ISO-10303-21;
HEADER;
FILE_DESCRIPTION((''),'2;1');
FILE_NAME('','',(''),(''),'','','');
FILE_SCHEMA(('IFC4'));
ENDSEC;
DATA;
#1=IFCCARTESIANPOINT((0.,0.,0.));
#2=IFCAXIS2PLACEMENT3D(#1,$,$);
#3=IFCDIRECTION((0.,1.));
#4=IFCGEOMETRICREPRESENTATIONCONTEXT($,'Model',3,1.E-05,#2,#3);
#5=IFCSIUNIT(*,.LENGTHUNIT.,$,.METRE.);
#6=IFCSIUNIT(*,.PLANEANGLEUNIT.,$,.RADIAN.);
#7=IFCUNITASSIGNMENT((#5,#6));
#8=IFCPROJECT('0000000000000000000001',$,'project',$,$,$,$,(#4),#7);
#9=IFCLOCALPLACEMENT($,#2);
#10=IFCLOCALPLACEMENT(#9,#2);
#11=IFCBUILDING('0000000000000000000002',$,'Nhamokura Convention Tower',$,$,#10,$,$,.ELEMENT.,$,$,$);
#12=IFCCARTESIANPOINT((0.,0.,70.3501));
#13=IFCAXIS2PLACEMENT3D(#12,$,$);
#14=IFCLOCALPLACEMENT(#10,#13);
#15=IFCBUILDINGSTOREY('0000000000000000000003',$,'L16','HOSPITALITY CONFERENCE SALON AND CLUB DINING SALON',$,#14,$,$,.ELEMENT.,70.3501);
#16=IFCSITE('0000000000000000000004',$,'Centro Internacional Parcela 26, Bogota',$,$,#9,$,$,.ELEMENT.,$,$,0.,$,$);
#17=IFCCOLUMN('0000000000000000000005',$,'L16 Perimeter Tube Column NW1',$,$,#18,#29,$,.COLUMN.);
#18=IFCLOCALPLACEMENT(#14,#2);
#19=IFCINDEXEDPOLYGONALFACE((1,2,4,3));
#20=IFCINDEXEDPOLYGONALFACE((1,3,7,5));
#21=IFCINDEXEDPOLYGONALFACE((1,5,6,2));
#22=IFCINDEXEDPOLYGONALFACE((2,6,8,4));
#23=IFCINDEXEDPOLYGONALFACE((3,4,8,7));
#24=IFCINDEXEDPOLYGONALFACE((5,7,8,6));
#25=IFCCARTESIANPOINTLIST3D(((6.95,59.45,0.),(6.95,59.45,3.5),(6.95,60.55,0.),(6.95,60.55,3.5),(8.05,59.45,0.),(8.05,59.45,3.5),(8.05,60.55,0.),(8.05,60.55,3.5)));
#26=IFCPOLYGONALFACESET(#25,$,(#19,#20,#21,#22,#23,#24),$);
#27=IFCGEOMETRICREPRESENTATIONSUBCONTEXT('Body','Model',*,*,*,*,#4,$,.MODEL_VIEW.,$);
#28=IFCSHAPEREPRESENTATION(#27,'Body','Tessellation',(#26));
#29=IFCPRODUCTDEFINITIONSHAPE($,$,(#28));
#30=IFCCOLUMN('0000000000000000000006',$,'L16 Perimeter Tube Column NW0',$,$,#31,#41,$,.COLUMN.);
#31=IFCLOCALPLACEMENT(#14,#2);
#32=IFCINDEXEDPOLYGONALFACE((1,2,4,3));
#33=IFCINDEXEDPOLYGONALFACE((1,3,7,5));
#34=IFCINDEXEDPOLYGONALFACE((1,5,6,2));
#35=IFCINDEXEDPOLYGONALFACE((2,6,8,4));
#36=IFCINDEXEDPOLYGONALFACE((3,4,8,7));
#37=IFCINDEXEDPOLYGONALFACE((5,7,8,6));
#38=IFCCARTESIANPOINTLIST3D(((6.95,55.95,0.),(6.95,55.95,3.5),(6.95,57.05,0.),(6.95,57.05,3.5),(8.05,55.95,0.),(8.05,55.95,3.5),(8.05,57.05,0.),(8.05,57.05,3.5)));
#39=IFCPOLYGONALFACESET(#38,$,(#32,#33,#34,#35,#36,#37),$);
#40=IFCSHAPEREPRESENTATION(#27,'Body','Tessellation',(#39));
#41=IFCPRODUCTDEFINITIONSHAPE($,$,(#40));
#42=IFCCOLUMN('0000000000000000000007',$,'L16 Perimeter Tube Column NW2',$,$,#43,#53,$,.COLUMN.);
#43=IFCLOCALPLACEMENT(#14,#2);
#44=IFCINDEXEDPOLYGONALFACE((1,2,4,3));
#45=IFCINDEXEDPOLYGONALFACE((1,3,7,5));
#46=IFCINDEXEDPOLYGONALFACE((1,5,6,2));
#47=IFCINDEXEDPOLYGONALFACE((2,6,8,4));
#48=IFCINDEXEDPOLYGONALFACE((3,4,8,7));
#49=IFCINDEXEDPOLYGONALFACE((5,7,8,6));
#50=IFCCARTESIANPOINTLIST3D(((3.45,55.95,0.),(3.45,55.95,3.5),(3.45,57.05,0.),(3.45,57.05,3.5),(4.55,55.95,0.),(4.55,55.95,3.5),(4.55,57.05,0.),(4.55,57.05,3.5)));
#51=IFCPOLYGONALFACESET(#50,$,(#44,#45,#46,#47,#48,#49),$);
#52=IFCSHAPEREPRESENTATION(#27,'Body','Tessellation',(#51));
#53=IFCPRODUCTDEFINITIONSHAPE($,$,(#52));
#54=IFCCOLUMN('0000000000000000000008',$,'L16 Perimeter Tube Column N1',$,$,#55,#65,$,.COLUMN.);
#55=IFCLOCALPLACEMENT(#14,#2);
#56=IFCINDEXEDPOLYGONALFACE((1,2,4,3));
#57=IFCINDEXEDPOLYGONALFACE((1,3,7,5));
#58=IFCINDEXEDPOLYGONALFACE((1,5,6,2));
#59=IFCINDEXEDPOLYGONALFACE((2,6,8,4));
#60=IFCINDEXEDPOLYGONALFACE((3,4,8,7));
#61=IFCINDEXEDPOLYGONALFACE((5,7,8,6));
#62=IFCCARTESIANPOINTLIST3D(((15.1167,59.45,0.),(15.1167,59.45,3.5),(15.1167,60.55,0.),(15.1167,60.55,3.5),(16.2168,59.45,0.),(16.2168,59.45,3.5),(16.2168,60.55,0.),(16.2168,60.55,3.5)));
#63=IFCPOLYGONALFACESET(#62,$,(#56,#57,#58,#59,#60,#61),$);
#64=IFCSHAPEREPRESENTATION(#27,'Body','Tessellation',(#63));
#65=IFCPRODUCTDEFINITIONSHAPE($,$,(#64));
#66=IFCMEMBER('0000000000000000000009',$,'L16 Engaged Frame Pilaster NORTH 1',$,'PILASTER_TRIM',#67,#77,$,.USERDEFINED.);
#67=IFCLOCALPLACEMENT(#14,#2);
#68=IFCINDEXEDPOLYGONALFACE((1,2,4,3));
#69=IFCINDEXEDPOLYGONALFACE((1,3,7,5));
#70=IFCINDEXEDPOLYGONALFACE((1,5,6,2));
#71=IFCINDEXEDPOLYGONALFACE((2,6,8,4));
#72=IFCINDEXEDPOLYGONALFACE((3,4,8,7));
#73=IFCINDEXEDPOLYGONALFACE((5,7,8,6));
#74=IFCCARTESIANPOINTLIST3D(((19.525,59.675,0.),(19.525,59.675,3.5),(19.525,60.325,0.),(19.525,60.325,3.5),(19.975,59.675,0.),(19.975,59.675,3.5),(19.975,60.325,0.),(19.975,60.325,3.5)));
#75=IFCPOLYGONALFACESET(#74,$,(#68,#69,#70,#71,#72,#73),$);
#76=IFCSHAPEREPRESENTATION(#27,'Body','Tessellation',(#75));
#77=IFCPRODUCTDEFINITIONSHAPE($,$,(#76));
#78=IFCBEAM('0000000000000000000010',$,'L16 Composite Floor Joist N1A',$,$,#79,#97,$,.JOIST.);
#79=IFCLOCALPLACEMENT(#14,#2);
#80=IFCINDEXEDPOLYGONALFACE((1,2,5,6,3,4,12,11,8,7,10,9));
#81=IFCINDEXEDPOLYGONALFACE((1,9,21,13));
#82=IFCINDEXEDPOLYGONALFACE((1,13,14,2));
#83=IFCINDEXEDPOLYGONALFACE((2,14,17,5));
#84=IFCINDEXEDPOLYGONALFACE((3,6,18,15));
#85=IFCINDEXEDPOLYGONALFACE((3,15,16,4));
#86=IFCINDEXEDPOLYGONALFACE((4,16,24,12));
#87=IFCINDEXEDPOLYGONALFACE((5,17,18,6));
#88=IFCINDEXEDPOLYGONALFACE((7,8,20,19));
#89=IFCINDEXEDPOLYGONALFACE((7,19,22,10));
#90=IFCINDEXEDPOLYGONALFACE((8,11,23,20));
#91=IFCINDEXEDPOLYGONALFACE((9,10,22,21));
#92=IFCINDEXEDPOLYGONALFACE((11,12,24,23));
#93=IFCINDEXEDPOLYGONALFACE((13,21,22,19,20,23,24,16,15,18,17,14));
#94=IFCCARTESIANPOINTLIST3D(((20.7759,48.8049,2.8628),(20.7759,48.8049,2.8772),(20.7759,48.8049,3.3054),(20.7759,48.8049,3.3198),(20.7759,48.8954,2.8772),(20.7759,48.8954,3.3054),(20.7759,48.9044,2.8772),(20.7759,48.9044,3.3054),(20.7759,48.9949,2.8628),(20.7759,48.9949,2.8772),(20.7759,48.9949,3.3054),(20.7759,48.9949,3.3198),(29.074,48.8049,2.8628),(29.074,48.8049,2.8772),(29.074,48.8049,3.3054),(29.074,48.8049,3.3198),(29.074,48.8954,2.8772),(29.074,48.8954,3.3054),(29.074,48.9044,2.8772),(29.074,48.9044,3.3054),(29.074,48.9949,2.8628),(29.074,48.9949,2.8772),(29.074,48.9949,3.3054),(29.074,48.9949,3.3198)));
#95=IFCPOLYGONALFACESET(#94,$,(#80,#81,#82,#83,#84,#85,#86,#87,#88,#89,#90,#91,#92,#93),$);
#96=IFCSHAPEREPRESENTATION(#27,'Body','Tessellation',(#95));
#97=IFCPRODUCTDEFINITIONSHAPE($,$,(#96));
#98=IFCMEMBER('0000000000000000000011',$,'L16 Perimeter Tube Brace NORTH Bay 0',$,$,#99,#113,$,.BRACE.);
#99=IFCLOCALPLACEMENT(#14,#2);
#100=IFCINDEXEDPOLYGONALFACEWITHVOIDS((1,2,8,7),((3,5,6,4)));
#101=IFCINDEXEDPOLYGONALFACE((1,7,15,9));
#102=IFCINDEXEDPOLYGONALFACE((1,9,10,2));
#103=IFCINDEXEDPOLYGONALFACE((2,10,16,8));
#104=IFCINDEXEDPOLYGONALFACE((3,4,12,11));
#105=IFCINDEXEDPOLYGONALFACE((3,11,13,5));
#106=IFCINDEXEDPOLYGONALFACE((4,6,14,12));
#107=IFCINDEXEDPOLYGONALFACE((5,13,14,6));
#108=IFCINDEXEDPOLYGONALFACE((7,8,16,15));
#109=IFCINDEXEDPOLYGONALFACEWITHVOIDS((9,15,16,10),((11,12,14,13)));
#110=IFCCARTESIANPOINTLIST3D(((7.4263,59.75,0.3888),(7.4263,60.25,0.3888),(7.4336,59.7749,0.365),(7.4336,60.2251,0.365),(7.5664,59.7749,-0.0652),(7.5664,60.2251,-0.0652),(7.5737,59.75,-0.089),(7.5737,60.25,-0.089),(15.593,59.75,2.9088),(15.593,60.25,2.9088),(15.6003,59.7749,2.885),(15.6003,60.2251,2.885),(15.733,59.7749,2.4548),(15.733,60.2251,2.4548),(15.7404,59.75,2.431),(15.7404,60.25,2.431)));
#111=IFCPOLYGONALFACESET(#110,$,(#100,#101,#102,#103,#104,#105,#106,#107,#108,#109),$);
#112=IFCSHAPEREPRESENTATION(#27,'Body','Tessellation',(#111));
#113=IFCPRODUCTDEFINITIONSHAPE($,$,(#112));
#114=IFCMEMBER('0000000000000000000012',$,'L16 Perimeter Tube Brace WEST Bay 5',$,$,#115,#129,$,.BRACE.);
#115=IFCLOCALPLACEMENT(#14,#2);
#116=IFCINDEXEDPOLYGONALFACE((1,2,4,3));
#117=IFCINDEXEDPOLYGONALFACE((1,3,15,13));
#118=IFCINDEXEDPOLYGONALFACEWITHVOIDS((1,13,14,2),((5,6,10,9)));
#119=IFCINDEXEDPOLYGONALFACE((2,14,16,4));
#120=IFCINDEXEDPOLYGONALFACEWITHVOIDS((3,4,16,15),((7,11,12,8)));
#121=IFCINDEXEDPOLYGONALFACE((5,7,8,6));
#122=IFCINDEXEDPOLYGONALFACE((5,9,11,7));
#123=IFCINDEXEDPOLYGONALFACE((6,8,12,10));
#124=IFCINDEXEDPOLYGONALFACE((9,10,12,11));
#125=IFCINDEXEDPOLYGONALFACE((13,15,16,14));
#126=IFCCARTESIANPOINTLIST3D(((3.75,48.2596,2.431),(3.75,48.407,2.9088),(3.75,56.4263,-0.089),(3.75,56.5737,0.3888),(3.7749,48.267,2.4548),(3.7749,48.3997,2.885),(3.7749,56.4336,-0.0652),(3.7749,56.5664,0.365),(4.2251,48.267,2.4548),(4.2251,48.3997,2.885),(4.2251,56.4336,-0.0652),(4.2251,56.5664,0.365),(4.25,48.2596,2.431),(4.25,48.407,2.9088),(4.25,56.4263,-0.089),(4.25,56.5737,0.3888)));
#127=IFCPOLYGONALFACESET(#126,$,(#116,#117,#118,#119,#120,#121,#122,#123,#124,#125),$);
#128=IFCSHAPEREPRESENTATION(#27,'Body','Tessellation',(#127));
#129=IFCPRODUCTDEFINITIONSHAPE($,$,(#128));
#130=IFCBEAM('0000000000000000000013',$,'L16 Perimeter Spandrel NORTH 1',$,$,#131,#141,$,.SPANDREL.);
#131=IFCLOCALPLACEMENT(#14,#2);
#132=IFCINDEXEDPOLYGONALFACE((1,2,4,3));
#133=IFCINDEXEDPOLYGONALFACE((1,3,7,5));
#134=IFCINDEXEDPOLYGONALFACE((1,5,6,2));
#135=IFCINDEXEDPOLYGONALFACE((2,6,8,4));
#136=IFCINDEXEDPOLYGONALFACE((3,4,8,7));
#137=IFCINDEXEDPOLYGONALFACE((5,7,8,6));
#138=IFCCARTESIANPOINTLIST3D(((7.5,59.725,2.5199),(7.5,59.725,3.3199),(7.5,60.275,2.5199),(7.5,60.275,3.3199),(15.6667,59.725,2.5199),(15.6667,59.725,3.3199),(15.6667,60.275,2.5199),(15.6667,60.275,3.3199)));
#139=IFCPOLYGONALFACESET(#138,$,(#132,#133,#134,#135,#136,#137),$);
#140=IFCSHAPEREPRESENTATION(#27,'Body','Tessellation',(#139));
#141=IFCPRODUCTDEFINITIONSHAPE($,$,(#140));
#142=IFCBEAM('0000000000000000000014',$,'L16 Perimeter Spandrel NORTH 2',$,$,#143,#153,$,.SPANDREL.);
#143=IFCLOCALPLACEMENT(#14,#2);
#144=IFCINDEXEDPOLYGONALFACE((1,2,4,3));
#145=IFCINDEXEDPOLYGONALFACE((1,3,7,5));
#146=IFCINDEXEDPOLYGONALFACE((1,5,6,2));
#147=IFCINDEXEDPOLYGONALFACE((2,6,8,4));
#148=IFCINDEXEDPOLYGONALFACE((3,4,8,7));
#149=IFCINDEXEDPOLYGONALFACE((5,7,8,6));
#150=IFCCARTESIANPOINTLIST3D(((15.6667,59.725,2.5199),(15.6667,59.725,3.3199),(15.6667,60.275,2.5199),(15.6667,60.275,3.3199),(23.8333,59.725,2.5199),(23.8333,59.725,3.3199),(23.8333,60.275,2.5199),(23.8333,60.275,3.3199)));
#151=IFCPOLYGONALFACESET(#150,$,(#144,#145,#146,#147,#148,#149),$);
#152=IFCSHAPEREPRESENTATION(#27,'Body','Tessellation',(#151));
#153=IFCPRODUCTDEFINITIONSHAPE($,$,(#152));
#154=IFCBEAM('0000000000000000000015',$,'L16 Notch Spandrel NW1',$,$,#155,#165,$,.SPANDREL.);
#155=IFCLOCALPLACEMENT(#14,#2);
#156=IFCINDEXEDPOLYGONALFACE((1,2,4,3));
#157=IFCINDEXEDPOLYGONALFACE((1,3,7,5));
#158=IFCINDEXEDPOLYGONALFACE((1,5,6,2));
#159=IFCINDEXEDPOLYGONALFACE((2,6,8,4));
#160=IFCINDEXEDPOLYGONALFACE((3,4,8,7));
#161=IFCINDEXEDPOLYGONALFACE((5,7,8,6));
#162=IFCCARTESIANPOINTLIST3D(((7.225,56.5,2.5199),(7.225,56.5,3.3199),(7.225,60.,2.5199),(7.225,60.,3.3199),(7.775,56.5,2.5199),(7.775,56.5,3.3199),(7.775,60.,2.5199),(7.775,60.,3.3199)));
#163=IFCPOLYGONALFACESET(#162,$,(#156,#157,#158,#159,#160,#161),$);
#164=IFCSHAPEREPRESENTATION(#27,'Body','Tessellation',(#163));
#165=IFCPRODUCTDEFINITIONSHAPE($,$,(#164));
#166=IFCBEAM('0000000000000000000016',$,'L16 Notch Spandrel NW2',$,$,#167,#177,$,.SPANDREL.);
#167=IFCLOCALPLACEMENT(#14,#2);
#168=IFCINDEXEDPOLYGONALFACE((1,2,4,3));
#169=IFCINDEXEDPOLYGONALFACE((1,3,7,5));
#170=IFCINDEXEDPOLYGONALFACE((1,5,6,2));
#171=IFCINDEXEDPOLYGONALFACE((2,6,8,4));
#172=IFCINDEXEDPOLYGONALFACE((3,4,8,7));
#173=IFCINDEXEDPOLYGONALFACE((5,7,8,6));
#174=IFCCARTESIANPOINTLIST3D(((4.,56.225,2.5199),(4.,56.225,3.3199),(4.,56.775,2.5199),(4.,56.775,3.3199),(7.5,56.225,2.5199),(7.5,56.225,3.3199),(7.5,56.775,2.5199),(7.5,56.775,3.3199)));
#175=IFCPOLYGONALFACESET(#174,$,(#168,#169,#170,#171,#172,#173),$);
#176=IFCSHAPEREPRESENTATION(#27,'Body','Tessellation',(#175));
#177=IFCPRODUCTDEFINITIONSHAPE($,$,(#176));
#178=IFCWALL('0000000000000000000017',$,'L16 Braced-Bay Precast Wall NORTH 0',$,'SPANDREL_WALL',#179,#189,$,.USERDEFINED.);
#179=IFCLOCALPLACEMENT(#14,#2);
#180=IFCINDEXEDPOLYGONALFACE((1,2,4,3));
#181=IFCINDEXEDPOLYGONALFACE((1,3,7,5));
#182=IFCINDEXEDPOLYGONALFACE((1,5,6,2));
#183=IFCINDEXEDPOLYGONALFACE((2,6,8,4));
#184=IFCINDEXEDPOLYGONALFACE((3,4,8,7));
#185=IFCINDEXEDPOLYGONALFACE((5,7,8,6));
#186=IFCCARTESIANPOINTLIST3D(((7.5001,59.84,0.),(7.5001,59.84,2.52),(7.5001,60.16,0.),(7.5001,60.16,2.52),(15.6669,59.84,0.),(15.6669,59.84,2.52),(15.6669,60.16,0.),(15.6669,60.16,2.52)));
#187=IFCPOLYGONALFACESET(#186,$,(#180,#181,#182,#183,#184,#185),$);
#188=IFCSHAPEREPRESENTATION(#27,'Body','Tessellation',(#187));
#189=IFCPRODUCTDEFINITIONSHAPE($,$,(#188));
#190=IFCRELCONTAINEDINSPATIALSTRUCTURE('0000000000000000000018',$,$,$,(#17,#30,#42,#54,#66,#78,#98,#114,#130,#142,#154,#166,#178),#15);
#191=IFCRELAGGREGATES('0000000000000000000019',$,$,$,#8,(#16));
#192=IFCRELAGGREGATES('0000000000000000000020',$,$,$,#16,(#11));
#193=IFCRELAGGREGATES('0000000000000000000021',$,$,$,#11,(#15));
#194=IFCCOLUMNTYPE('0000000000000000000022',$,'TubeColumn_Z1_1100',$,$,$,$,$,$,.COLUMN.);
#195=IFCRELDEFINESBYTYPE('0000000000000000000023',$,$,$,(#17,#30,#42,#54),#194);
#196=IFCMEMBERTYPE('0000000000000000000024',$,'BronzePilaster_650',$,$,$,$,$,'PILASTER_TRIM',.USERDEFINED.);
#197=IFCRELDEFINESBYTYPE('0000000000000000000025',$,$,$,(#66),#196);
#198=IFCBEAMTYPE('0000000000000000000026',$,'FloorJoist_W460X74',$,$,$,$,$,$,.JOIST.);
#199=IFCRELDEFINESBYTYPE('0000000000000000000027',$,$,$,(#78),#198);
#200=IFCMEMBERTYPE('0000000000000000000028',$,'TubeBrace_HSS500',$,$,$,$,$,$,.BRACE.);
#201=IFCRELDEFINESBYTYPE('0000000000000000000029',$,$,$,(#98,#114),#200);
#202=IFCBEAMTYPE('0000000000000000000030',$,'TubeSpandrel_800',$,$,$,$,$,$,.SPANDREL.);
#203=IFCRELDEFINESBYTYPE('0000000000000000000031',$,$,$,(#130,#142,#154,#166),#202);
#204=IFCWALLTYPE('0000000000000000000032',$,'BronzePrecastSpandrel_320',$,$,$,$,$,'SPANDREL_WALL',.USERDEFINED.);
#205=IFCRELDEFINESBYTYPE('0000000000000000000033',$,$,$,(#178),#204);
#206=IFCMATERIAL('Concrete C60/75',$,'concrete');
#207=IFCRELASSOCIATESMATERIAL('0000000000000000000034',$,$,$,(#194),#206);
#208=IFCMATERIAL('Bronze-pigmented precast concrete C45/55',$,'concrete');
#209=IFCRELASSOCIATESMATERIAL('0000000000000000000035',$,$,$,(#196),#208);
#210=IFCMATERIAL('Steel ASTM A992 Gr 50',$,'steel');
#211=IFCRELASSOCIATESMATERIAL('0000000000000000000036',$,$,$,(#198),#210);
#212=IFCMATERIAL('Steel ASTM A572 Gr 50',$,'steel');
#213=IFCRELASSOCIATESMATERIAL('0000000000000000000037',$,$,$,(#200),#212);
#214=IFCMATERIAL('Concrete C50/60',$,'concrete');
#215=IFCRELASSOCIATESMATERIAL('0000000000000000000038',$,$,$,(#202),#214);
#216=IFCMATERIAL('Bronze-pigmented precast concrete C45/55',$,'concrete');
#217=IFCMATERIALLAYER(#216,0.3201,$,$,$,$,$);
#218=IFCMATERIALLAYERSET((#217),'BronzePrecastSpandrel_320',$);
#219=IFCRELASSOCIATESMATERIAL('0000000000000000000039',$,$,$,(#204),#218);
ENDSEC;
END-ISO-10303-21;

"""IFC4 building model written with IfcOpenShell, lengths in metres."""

from ifc_helpers import new_model, si_unit, direction, frame, frame_2d, origin, origin_2d, place, context, subcontext, project, spatial, rectangle, hollow_rectangle, i_section, extrude, material, layer, layer_set, material_profile, profile_set, type_object, element, save


model = new_model("IFC4")

# Units and contexts
model_context = context("Model", 3, precision=1e-05, world=origin(), true_north=direction((0.0, 1.0)))
body_context = subcontext(model_context, "Body", "Model", "MODEL_VIEW")
ifc_project = project(units=[si_unit("LENGTHUNIT", "METRE"), si_unit("PLANEANGLEUNIT", "RADIAN")], contexts=[model_context])

# Site, building, storey
site_placement = place(None, origin())
site = spatial("IfcSite", under=ifc_project, at=site_placement, Name="Centro Internacional Parcela 26, Bogota", CompositionType="ELEMENT", RefElevation=0.0)
building_placement = place(site_placement, origin())
building = spatial("IfcBuilding", under=site, at=building_placement, Name="Nhamokura Convention Tower", CompositionType="ELEMENT")
storey_placement = place(building_placement, frame((0.0, 0.0, 70.3501)))
storey = spatial("IfcBuildingStorey", under=building, at=storey_placement, Name="L16", Description="HOSPITALITY CONFERENCE SALON AND CLUB DINING SALON", CompositionType="ELEMENT", Elevation=70.3501)

# Columns
ifc_material_1 = material(Name="Concrete C60/75", Category="concrete")
ifc_material_profile_1 = material_profile(ifc_material_1, rectangle(XDim=1.1001, YDim=1.1001, at=origin_2d()))
ifc_profile_set_1 = profile_set([ifc_material_profile_1], Name="Concrete C60/75")
column_type = type_object("IfcColumnType", Name="TubeColumn_Z1_1100", PredefinedType="COLUMN", material=ifc_profile_set_1)
for number, where, z_axis, x_axis, name in (
    (1, (7.5, 60.0, 0.0), (0.0, 0.0, 1.0), (1.0, 0.0, 0.0), "L16 Perimeter Tube Column NW1"),
    (2, (7.5, 56.5, 0.0), (0.0, 0.0, 1.0), (1.0, 0.0, 0.0), "L16 Perimeter Tube Column NW0"),
    (3, (4.0, 56.5, 0.0), (0.0, 0.0, 1.0), (1.0, 0.0, 0.0), "L16 Perimeter Tube Column NW2"),
    (4, (15.6667, 60.0, 0.0), (0.0, 0.0, 1.0), (1.0, 0.0, 0.0), "L16 Perimeter Tube Column N1"),
):
    element("IfcColumn", number, at=place(storey_placement, frame(where, z_axis=z_axis, x_axis=x_axis)), inside=storey, type_object=column_type, Name=name, PredefinedType="COLUMN", context=body_context, shape_type="SweptSolid", body=[
        extrude(rectangle(XDim=1.1001, YDim=1.1001, at=origin_2d()), origin(), (0.0, 0.0, 1.0), 3.5),
    ])

# Member
ifc_material_2 = material(Name="Bronze-pigmented precast concrete C45/55", Category="concrete")
ifc_material_profile_2 = material_profile(ifc_material_2, rectangle(XDim=0.45, YDim=0.6499, at=origin_2d()))
ifc_profile_set_2 = profile_set([ifc_material_profile_2], Name="Bronze-pigmented precast concrete C45/55")
member_type_1 = type_object("IfcMemberType", Name="BronzePilaster_650", ElementType="PILASTER_TRIM", PredefinedType="USERDEFINED", material=ifc_profile_set_2)
member_placement = place(storey_placement, frame((19.75, 60.0, 0.0), z_axis=(0.0, 0.0, 1.0), x_axis=(1.0, 0.0, 0.0)))
element("IfcMember", 5, at=member_placement, inside=storey, type_object=member_type_1, Name="L16 Engaged Frame Pilaster NORTH 1", ObjectType="PILASTER_TRIM", PredefinedType="USERDEFINED", context=body_context, shape_type="SweptSolid", body=[
    extrude(rectangle(XDim=0.45, YDim=0.6499, at=origin_2d()), origin(), (0.0, 0.0, 1.0), 3.5),
])

# Beam
ifc_material_3 = material(Name="Steel ASTM A992 Gr 50", Category="steel")
ifc_material_profile_3 = material_profile(ifc_material_3, i_section(OverallWidth=0.1899, OverallDepth=0.457, WebThickness=0.009, FlangeThickness=0.0144, at=origin_2d()))
ifc_profile_set_3 = profile_set([ifc_material_profile_3], Name="Steel ASTM A992 Gr 50")
beam_type_1 = type_object("IfcBeamType", Name="FloorJoist_W460X74", PredefinedType="JOIST", material=ifc_profile_set_3)
beam_1_placement = place(storey_placement, frame((20.7759, 48.8999, 3.0913), z_axis=(1.0, 0.0, 0.0), x_axis=(0.0, 1.0, 0.0)))
element("IfcBeam", 6, at=beam_1_placement, inside=storey, type_object=beam_type_1, Name="L16 Composite Floor Joist N1A", PredefinedType="JOIST", context=body_context, shape_type="SweptSolid", body=[
    extrude(i_section(OverallWidth=0.1899, OverallDepth=0.457, WebThickness=0.009, FlangeThickness=0.0144, at=origin_2d()), origin(), (0.0, 0.0, 1.0), 8.2981),
])

# Members
ifc_material_4 = material(Name="Steel ASTM A572 Gr 50", Category="steel")
ifc_material_profile_4 = material_profile(ifc_material_4, hollow_rectangle(XDim=0.5, YDim=0.5, WallThickness=0.0249, at=origin_2d()))
ifc_profile_set_4 = profile_set([ifc_material_profile_4], Name="Steel ASTM A572 Gr 50")
member_type_2 = type_object("IfcMemberType", Name="TubeBrace_HSS500", PredefinedType="BRACE", material=ifc_profile_set_4)
for number, where, z_axis, x_axis, name in (
    (7, (7.5, 60.0, 0.1499), (0.955543, 0.0, 0.294853), (0.0, 1.0, 0.0), "L16 Perimeter Tube Brace NORTH Bay 0"),
    (8, (4.0, 56.5, 0.1499), (0.0, -0.955543, 0.294853), (1.0, 0.0, 0.0), "L16 Perimeter Tube Brace WEST Bay 5"),
):
    element("IfcMember", number, at=place(storey_placement, frame(where, z_axis=z_axis, x_axis=x_axis)), inside=storey, type_object=member_type_2, Name=name, PredefinedType="BRACE", context=body_context, shape_type="SweptSolid", body=[
        extrude(hollow_rectangle(XDim=0.5, YDim=0.5, WallThickness=0.0249, at=origin_2d()), origin(), (0.0, 0.0, 1.0), 8.5466),
    ])

# Beams
ifc_material_5 = material(Name="Concrete C50/60", Category="concrete")
ifc_material_profile_5 = material_profile(ifc_material_5, rectangle(XDim=0.55, YDim=0.8, at=origin_2d()))
ifc_profile_set_5 = profile_set([ifc_material_profile_5], Name="Concrete C50/60")
beam_type_2 = type_object("IfcBeamType", Name="TubeSpandrel_800", PredefinedType="SPANDREL", material=ifc_profile_set_5)
beam_2_placement = place(storey_placement, frame((7.5, 60.0, 2.9199), z_axis=(1.0, 0.0, 0.0), x_axis=(0.0, 1.0, 0.0)))
element("IfcBeam", 9, at=beam_2_placement, inside=storey, type_object=beam_type_2, Name="L16 Perimeter Spandrel NORTH 1", PredefinedType="SPANDREL", context=body_context, shape_type="SweptSolid", body=[
    extrude(rectangle(XDim=0.55, YDim=0.8, at=origin_2d()), origin(), (0.0, 0.0, 1.0), 8.1667),
])
beam_3_placement = place(storey_placement, frame((15.6667, 60.0, 2.9199), z_axis=(1.0, 0.0, 0.0), x_axis=(0.0, 1.0, 0.0)))
element("IfcBeam", 10, at=beam_3_placement, inside=storey, type_object=beam_type_2, Name="L16 Perimeter Spandrel NORTH 2", PredefinedType="SPANDREL", context=body_context, shape_type="SweptSolid", body=[
    extrude(rectangle(XDim=0.55, YDim=0.8, at=origin_2d()), origin(), (0.0, 0.0, 1.0), 8.1665),
])
for number, where, z_axis, x_axis, name in (
    (11, (7.5, 60.0, 2.9199), (0.0, -1.0, 0.0), (1.0, 0.0, 0.0), "L16 Notch Spandrel NW1"),
    (12, (7.5, 56.5, 2.9199), (-1.0, 0.0, 0.0), (0.0, -1.0, 0.0), "L16 Notch Spandrel NW2"),
):
    element("IfcBeam", number, at=place(storey_placement, frame(where, z_axis=z_axis, x_axis=x_axis)), inside=storey, type_object=beam_type_2, Name=name, PredefinedType="SPANDREL", context=body_context, shape_type="SweptSolid", body=[
        extrude(rectangle(XDim=0.55, YDim=0.8, at=origin_2d()), origin(), (0.0, 0.0, 1.0), 3.5),
    ])

# Wall
ifc_material_6 = material(Name="Bronze-pigmented precast concrete C45/55", Category="concrete")
ifc_layer = layer(ifc_material_6, 0.3201)
ifc_layer_set = layer_set([ifc_layer], Name="BronzePrecastSpandrel_320")
wall_type = type_object("IfcWallType", Name="BronzePrecastSpandrel_320", ElementType="SPANDREL_WALL", PredefinedType="USERDEFINED", material=ifc_layer_set)
wall_1_placement = place(storey_placement, frame((7.5, 60.0, 0.0), z_axis=(0.0, 0.0, 1.0), x_axis=(1.0, 0.0, 0.0)))
element("IfcWall", 13, at=wall_1_placement, inside=storey, type_object=wall_type, Name="L16 Braced-Bay Precast Wall NORTH 0", ObjectType="SPANDREL_WALL", PredefinedType="USERDEFINED", context=body_context, shape_type="SweptSolid", body=[
    extrude(rectangle(XDim=8.1667, YDim=0.3201, at=frame_2d((4.0835, 0.0))), origin(), (0.0, 0.0, 1.0), 2.52),
])

save(model, "model.ifc")
